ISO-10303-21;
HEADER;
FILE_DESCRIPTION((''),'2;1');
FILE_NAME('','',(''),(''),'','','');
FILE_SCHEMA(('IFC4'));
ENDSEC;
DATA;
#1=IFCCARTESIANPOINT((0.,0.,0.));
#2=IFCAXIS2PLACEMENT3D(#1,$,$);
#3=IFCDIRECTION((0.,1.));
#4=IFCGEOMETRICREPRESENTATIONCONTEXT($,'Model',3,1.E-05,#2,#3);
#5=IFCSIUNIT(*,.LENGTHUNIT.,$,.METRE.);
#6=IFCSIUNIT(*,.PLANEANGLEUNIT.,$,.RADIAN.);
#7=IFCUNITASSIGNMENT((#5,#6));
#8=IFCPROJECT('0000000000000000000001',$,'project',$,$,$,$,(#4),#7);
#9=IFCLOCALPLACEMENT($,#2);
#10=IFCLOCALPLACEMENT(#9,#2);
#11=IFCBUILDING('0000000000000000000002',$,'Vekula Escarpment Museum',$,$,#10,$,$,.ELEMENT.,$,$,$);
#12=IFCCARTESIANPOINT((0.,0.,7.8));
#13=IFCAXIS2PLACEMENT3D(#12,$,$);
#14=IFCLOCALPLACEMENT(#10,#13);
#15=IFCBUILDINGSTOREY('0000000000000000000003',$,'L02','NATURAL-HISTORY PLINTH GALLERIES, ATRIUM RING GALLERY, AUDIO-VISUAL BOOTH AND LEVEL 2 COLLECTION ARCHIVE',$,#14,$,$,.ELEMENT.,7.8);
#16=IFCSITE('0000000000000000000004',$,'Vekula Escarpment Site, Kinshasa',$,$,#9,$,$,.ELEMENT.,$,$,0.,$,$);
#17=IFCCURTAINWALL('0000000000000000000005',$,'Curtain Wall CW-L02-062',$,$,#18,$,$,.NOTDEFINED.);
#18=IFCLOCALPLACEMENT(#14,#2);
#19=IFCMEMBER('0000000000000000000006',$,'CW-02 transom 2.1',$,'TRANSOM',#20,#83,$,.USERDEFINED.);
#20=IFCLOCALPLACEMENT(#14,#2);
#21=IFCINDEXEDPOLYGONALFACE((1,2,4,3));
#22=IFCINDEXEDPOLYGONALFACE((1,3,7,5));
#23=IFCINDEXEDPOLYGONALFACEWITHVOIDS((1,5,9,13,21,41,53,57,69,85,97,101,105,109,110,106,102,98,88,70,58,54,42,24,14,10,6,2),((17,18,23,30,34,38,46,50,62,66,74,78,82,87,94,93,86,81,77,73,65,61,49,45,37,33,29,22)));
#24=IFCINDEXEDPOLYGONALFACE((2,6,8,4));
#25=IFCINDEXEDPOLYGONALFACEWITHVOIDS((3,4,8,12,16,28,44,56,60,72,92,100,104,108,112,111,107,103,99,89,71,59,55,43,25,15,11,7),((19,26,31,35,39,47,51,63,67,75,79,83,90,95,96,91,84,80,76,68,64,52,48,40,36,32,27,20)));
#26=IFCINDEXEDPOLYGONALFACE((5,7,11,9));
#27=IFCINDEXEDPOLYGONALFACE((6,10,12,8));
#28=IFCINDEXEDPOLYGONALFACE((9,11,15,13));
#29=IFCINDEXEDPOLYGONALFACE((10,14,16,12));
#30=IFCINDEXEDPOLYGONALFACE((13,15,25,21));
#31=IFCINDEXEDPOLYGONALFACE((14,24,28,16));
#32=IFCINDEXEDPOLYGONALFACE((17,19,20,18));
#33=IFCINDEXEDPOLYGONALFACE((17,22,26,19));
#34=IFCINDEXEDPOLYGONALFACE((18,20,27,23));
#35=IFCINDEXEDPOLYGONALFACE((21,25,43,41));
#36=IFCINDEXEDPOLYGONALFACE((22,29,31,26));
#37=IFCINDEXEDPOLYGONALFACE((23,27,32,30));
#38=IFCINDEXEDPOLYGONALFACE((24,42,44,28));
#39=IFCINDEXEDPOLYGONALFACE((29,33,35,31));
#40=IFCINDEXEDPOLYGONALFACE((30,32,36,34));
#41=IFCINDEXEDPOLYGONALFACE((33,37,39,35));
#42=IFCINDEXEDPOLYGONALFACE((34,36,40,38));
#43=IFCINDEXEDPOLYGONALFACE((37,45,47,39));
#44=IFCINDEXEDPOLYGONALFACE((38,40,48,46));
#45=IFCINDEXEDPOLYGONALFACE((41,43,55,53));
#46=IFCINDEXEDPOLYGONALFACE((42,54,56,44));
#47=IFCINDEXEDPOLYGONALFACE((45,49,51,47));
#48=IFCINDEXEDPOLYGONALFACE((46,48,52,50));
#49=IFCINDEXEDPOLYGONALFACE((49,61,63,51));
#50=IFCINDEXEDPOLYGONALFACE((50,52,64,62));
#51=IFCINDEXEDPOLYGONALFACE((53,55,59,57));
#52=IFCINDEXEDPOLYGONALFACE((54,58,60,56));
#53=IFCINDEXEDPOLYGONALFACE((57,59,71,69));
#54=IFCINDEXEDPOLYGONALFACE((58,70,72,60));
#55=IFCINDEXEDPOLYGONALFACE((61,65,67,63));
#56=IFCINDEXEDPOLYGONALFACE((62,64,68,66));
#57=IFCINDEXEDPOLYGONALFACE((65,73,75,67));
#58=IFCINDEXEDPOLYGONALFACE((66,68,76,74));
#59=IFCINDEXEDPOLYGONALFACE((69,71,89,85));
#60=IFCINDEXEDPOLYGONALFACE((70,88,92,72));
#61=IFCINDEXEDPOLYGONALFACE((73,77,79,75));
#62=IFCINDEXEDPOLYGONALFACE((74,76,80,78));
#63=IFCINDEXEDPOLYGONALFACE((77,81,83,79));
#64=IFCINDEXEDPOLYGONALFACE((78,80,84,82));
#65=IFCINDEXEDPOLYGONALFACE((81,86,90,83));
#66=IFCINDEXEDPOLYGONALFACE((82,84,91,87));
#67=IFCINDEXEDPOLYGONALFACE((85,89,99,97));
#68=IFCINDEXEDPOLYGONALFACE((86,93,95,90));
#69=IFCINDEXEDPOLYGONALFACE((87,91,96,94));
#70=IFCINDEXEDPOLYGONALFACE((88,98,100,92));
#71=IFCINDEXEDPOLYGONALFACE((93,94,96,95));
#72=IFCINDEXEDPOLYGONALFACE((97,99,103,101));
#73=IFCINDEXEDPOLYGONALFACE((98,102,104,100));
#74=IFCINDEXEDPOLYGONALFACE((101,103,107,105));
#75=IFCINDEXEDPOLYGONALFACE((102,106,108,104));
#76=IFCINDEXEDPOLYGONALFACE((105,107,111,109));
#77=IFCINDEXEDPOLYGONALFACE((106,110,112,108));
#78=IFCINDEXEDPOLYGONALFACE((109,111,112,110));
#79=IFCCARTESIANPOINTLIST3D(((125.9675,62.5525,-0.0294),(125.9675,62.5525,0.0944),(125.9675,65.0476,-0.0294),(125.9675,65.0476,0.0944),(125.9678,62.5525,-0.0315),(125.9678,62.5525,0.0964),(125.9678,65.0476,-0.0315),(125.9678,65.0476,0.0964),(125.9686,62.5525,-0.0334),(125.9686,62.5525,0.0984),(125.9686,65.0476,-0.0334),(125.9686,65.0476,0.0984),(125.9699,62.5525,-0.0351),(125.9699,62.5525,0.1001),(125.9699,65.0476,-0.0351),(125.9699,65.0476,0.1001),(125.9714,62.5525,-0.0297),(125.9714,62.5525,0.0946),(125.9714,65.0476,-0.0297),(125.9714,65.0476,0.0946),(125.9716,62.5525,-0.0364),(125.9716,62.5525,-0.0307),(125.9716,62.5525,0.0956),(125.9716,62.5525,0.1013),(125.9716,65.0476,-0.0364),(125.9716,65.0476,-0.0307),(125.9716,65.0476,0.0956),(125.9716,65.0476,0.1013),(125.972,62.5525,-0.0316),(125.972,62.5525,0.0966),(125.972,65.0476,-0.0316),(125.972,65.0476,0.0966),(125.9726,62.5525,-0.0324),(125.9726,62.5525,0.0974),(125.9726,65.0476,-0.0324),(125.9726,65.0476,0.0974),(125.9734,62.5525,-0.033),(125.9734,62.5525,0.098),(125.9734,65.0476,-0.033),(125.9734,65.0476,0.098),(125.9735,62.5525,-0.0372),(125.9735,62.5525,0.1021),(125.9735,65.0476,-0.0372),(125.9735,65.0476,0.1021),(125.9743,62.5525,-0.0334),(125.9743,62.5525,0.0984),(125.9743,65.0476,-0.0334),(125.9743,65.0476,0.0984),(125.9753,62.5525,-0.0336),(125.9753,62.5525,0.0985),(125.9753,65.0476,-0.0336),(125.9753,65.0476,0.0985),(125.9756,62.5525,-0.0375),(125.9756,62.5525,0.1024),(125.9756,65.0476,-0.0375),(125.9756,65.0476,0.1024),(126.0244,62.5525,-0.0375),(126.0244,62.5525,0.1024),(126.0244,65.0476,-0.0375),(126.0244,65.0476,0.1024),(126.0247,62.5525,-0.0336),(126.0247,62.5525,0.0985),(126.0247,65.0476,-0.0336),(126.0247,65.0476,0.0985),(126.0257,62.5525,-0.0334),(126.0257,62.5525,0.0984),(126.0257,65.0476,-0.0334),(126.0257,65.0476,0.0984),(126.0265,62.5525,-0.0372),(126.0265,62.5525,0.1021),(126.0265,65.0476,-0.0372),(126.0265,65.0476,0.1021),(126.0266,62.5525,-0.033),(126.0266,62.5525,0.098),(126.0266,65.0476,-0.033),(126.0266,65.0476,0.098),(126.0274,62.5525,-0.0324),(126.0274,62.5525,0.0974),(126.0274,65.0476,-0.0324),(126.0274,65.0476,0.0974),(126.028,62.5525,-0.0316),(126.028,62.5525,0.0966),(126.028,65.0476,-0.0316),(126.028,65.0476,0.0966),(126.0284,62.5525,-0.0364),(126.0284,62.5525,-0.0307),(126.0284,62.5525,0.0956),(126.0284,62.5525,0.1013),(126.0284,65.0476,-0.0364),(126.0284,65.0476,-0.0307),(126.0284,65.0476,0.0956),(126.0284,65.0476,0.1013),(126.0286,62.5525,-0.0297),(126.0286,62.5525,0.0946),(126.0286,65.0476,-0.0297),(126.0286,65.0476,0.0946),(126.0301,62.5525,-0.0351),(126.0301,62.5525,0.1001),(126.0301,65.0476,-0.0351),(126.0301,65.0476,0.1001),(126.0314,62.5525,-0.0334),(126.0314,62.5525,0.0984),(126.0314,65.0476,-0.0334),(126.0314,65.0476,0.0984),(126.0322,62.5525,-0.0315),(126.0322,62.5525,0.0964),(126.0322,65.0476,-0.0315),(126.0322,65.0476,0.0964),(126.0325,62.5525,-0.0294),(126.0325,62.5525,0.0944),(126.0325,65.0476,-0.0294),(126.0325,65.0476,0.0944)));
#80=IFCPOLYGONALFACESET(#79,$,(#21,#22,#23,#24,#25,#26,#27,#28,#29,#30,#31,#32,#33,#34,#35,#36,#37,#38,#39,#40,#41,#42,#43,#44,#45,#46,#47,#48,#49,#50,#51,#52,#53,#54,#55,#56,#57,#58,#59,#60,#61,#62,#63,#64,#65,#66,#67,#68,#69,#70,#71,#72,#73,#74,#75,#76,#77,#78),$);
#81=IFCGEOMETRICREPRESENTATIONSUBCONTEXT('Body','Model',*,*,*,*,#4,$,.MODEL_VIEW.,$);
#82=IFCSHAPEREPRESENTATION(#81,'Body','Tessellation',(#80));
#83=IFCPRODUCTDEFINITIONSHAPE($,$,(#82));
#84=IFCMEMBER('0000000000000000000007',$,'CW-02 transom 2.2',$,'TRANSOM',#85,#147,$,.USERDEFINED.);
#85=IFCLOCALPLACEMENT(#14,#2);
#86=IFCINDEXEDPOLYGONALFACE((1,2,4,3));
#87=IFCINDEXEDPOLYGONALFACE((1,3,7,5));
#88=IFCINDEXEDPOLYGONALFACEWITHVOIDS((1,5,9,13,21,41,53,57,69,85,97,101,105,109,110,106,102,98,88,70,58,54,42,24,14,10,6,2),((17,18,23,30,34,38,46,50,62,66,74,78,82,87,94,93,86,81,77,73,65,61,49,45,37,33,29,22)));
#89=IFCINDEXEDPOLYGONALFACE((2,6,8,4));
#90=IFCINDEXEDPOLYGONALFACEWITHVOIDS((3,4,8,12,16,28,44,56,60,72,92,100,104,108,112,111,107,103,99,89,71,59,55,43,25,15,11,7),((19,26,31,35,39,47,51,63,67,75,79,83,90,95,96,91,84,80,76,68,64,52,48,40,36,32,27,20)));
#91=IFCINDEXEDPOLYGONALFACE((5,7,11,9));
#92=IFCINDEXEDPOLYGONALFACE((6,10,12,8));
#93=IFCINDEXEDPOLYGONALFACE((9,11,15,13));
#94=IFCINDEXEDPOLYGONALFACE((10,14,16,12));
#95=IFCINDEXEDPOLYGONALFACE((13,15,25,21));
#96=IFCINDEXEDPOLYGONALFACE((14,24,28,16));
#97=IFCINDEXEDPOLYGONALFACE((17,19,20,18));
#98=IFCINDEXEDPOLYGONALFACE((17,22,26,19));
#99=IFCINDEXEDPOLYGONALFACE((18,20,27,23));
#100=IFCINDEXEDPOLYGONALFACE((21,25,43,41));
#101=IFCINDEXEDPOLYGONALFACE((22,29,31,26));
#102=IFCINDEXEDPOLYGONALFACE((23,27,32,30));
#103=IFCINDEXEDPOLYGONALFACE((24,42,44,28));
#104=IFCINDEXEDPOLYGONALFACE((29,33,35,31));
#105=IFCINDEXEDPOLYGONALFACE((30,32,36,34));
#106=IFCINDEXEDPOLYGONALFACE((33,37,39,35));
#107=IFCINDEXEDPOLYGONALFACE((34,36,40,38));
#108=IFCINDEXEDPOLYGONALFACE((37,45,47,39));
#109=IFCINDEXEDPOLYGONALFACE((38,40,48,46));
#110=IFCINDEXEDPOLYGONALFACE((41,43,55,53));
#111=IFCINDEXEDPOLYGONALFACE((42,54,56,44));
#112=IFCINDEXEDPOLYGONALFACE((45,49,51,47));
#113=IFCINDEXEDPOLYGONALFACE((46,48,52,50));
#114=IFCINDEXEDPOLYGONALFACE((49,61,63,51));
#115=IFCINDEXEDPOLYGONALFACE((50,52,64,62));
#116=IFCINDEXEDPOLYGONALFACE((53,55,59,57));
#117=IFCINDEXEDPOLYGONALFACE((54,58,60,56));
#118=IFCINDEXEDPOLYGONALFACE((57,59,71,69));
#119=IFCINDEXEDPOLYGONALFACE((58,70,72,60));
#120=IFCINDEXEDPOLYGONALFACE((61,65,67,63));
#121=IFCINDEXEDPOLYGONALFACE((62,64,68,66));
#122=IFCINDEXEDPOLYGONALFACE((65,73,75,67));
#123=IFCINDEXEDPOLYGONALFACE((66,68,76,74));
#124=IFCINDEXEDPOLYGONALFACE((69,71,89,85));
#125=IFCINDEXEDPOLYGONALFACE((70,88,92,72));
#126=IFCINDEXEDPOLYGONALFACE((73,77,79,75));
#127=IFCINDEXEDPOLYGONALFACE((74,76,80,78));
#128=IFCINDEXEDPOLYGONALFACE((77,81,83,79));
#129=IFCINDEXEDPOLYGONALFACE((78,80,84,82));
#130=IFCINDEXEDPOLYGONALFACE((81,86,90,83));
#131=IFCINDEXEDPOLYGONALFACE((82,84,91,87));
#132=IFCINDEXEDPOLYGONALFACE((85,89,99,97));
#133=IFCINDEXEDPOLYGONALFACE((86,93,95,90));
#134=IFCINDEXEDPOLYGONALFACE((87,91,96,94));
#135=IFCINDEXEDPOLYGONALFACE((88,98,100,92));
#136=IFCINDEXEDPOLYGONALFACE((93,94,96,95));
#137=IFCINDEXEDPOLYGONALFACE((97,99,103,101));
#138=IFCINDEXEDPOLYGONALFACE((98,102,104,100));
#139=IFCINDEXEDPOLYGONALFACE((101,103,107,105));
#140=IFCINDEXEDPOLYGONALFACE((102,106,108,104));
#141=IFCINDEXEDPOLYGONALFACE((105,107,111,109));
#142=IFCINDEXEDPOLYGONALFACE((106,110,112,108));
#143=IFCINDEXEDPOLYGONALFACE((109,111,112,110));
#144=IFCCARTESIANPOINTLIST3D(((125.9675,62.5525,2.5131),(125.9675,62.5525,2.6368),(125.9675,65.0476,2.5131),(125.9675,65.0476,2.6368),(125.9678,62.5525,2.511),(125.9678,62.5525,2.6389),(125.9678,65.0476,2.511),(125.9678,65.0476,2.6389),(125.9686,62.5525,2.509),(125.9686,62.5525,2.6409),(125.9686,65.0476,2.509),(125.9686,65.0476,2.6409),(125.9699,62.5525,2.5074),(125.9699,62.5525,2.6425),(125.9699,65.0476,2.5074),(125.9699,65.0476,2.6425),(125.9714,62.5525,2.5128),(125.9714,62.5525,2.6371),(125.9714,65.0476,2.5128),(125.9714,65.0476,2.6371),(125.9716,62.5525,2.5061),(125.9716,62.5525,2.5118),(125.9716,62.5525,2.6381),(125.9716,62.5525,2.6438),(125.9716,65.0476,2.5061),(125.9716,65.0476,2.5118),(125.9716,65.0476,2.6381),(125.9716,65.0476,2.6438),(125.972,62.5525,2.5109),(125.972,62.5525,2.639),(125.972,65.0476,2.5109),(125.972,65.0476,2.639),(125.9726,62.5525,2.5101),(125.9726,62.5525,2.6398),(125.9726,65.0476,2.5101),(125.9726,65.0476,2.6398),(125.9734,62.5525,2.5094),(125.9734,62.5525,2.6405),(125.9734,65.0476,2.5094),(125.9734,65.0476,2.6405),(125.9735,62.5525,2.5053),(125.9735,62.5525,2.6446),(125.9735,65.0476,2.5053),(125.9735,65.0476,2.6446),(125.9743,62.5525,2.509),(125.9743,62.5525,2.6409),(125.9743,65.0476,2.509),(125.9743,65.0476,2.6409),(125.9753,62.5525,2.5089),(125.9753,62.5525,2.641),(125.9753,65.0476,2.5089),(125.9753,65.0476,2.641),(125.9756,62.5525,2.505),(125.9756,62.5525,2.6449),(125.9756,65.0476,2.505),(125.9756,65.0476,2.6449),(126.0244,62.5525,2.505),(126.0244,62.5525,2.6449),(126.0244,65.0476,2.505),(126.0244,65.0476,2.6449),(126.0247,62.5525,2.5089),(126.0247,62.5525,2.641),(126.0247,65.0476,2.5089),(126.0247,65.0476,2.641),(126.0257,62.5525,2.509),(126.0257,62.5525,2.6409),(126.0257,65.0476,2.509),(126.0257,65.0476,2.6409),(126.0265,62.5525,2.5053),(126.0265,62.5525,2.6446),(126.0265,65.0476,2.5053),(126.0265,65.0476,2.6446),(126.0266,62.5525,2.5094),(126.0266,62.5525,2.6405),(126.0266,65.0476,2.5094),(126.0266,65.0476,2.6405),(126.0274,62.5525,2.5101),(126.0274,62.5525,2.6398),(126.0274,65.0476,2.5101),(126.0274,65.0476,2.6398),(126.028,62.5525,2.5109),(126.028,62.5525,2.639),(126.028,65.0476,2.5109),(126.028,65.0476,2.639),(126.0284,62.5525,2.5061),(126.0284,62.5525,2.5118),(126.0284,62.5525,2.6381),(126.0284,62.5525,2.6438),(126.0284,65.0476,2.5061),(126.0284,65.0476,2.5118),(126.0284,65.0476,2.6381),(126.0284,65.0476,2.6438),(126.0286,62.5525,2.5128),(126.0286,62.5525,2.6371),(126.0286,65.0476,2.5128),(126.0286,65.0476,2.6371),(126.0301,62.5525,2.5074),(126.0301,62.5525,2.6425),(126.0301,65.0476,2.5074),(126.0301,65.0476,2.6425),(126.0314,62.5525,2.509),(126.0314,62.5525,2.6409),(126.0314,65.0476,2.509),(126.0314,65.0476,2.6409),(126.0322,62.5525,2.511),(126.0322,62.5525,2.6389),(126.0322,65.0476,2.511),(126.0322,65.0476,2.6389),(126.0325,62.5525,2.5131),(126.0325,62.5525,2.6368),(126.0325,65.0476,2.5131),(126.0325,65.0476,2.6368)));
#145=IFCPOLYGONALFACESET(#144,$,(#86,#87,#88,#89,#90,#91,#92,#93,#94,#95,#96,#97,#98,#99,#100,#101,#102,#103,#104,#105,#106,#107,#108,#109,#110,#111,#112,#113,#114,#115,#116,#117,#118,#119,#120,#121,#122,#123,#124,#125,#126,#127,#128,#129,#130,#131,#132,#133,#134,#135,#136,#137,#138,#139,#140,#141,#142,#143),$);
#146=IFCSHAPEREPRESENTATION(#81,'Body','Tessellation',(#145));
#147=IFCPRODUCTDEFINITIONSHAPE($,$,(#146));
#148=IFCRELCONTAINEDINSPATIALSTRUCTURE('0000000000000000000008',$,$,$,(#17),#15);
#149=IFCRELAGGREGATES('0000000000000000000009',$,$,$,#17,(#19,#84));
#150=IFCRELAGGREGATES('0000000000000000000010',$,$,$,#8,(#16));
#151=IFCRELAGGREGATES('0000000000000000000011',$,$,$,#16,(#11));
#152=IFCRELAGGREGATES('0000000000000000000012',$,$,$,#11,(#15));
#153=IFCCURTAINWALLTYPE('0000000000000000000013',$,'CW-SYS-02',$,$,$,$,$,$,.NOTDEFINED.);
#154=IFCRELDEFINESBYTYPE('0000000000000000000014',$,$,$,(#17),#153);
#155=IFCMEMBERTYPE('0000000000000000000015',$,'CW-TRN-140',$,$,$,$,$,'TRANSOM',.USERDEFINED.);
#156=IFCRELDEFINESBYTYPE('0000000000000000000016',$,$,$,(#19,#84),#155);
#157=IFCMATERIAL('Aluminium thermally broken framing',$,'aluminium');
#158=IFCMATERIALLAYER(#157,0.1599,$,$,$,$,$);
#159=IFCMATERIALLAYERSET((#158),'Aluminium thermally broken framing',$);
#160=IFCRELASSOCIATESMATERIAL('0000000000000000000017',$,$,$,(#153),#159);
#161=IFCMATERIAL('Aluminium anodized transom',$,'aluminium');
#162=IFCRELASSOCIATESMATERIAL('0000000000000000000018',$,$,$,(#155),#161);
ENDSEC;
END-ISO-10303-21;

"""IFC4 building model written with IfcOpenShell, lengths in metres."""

from ifc_helpers import new_model, si_unit, direction, frame, origin, origin_2d, place, context, subcontext, project, spatial, hollow_rectangle, extrude, material, layer, layer_set, material_profile, profile_set, type_object, element, aggregate, save


model = new_model("IFC4")

# Units and contexts
model_context = context("Model", 3, precision=1e-05, world=origin(), true_north=direction((0.0, 1.0)))
body_context = subcontext(model_context, "Body", "Model", "MODEL_VIEW")
ifc_project = project(units=[si_unit("LENGTHUNIT", "METRE"), si_unit("PLANEANGLEUNIT", "RADIAN")], contexts=[model_context])

# Site, building, storey
site_placement = place(None, origin())
site = spatial("IfcSite", under=ifc_project, at=site_placement, Name="Vekula Escarpment Site, Kinshasa", CompositionType="ELEMENT", RefElevation=0.0)
building_placement = place(site_placement, origin())
building = spatial("IfcBuilding", under=site, at=building_placement, Name="Vekula Escarpment Museum", CompositionType="ELEMENT")
storey_placement = place(building_placement, frame((0.0, 0.0, 7.8)))
storey = spatial("IfcBuildingStorey", under=building, at=storey_placement, Name="L02", Description="NATURAL-HISTORY PLINTH GALLERIES, ATRIUM RING GALLERY, AUDIO-VISUAL BOOTH AND LEVEL 2 COLLECTION ARCHIVE", CompositionType="ELEMENT", Elevation=7.8)

# Curtain wall
ifc_material_1 = material(Name="Aluminium thermally broken framing", Category="aluminium")
ifc_layer_1 = layer(ifc_material_1, 0.1599)
ifc_layer_set_1 = layer_set([ifc_layer_1], Name="Aluminium thermally broken framing")
curtain_wall_type_1 = type_object("IfcCurtainWallType", Name="CW-SYS-02", PredefinedType="NOTDEFINED", material=ifc_layer_set_1)
curtain_wall_1_placement = place(storey_placement, origin())
curtain_wall_1 = element("IfcCurtainWall", 1, at=curtain_wall_1_placement, inside=storey, type_object=curtain_wall_type_1, Name="Curtain Wall CW-L02-062", PredefinedType="NOTDEFINED")

# Members
ifc_material_2 = material(Name="Aluminium anodized transom", Category="aluminium")
ifc_material_profile_1 = material_profile(ifc_material_2, hollow_rectangle(XDim=0.0649, YDim=0.1399, WallThickness=0.0039, InnerFilletRadius=0.0039, OuterFilletRadius=0.0081, at=origin_2d()), Name="ALU 140x65x4")
ifc_profile_set_1 = profile_set([ifc_material_profile_1], Name="Aluminium anodized transom")
member_type_1 = type_object("IfcMemberType", Name="CW-TRN-140", ElementType="TRANSOM", PredefinedType="USERDEFINED", material=ifc_profile_set_1)
member_1_placement = place(storey_placement, frame((126.0, 62.5525, 0.0325), z_axis=(0.0, 1.0, 0.0), x_axis=(-1.0, 0.0, 0.0)))
member_1 = element("IfcMember", 2, at=member_1_placement, type_object=member_type_1, Name="CW-02 transom 2.1", ObjectType="TRANSOM", PredefinedType="USERDEFINED", context=body_context, shape_type="SweptSolid", body=[
    extrude(hollow_rectangle(XDim=0.0649, YDim=0.1399, WallThickness=0.0039, InnerFilletRadius=0.0039, OuterFilletRadius=0.0081, at=origin_2d()), origin(), (0.0, 0.0, 1.0), 2.4951),
])
member_2_placement = place(storey_placement, frame((126.0, 62.5525, 2.575), z_axis=(0.0, 1.0, 0.0), x_axis=(-1.0, 0.0, 0.0)))
member_2 = element("IfcMember", 3, at=member_2_placement, type_object=member_type_1, Name="CW-02 transom 2.2", ObjectType="TRANSOM", PredefinedType="USERDEFINED", context=body_context, shape_type="SweptSolid", body=[
    extrude(hollow_rectangle(XDim=0.0649, YDim=0.1399, WallThickness=0.0039, InnerFilletRadius=0.0039, OuterFilletRadius=0.0081, at=origin_2d()), origin(), (0.0, 0.0, 1.0), 2.4951),
])

aggregate(curtain_wall_1, [member_1, member_2])

save(model, "model.ifc")
